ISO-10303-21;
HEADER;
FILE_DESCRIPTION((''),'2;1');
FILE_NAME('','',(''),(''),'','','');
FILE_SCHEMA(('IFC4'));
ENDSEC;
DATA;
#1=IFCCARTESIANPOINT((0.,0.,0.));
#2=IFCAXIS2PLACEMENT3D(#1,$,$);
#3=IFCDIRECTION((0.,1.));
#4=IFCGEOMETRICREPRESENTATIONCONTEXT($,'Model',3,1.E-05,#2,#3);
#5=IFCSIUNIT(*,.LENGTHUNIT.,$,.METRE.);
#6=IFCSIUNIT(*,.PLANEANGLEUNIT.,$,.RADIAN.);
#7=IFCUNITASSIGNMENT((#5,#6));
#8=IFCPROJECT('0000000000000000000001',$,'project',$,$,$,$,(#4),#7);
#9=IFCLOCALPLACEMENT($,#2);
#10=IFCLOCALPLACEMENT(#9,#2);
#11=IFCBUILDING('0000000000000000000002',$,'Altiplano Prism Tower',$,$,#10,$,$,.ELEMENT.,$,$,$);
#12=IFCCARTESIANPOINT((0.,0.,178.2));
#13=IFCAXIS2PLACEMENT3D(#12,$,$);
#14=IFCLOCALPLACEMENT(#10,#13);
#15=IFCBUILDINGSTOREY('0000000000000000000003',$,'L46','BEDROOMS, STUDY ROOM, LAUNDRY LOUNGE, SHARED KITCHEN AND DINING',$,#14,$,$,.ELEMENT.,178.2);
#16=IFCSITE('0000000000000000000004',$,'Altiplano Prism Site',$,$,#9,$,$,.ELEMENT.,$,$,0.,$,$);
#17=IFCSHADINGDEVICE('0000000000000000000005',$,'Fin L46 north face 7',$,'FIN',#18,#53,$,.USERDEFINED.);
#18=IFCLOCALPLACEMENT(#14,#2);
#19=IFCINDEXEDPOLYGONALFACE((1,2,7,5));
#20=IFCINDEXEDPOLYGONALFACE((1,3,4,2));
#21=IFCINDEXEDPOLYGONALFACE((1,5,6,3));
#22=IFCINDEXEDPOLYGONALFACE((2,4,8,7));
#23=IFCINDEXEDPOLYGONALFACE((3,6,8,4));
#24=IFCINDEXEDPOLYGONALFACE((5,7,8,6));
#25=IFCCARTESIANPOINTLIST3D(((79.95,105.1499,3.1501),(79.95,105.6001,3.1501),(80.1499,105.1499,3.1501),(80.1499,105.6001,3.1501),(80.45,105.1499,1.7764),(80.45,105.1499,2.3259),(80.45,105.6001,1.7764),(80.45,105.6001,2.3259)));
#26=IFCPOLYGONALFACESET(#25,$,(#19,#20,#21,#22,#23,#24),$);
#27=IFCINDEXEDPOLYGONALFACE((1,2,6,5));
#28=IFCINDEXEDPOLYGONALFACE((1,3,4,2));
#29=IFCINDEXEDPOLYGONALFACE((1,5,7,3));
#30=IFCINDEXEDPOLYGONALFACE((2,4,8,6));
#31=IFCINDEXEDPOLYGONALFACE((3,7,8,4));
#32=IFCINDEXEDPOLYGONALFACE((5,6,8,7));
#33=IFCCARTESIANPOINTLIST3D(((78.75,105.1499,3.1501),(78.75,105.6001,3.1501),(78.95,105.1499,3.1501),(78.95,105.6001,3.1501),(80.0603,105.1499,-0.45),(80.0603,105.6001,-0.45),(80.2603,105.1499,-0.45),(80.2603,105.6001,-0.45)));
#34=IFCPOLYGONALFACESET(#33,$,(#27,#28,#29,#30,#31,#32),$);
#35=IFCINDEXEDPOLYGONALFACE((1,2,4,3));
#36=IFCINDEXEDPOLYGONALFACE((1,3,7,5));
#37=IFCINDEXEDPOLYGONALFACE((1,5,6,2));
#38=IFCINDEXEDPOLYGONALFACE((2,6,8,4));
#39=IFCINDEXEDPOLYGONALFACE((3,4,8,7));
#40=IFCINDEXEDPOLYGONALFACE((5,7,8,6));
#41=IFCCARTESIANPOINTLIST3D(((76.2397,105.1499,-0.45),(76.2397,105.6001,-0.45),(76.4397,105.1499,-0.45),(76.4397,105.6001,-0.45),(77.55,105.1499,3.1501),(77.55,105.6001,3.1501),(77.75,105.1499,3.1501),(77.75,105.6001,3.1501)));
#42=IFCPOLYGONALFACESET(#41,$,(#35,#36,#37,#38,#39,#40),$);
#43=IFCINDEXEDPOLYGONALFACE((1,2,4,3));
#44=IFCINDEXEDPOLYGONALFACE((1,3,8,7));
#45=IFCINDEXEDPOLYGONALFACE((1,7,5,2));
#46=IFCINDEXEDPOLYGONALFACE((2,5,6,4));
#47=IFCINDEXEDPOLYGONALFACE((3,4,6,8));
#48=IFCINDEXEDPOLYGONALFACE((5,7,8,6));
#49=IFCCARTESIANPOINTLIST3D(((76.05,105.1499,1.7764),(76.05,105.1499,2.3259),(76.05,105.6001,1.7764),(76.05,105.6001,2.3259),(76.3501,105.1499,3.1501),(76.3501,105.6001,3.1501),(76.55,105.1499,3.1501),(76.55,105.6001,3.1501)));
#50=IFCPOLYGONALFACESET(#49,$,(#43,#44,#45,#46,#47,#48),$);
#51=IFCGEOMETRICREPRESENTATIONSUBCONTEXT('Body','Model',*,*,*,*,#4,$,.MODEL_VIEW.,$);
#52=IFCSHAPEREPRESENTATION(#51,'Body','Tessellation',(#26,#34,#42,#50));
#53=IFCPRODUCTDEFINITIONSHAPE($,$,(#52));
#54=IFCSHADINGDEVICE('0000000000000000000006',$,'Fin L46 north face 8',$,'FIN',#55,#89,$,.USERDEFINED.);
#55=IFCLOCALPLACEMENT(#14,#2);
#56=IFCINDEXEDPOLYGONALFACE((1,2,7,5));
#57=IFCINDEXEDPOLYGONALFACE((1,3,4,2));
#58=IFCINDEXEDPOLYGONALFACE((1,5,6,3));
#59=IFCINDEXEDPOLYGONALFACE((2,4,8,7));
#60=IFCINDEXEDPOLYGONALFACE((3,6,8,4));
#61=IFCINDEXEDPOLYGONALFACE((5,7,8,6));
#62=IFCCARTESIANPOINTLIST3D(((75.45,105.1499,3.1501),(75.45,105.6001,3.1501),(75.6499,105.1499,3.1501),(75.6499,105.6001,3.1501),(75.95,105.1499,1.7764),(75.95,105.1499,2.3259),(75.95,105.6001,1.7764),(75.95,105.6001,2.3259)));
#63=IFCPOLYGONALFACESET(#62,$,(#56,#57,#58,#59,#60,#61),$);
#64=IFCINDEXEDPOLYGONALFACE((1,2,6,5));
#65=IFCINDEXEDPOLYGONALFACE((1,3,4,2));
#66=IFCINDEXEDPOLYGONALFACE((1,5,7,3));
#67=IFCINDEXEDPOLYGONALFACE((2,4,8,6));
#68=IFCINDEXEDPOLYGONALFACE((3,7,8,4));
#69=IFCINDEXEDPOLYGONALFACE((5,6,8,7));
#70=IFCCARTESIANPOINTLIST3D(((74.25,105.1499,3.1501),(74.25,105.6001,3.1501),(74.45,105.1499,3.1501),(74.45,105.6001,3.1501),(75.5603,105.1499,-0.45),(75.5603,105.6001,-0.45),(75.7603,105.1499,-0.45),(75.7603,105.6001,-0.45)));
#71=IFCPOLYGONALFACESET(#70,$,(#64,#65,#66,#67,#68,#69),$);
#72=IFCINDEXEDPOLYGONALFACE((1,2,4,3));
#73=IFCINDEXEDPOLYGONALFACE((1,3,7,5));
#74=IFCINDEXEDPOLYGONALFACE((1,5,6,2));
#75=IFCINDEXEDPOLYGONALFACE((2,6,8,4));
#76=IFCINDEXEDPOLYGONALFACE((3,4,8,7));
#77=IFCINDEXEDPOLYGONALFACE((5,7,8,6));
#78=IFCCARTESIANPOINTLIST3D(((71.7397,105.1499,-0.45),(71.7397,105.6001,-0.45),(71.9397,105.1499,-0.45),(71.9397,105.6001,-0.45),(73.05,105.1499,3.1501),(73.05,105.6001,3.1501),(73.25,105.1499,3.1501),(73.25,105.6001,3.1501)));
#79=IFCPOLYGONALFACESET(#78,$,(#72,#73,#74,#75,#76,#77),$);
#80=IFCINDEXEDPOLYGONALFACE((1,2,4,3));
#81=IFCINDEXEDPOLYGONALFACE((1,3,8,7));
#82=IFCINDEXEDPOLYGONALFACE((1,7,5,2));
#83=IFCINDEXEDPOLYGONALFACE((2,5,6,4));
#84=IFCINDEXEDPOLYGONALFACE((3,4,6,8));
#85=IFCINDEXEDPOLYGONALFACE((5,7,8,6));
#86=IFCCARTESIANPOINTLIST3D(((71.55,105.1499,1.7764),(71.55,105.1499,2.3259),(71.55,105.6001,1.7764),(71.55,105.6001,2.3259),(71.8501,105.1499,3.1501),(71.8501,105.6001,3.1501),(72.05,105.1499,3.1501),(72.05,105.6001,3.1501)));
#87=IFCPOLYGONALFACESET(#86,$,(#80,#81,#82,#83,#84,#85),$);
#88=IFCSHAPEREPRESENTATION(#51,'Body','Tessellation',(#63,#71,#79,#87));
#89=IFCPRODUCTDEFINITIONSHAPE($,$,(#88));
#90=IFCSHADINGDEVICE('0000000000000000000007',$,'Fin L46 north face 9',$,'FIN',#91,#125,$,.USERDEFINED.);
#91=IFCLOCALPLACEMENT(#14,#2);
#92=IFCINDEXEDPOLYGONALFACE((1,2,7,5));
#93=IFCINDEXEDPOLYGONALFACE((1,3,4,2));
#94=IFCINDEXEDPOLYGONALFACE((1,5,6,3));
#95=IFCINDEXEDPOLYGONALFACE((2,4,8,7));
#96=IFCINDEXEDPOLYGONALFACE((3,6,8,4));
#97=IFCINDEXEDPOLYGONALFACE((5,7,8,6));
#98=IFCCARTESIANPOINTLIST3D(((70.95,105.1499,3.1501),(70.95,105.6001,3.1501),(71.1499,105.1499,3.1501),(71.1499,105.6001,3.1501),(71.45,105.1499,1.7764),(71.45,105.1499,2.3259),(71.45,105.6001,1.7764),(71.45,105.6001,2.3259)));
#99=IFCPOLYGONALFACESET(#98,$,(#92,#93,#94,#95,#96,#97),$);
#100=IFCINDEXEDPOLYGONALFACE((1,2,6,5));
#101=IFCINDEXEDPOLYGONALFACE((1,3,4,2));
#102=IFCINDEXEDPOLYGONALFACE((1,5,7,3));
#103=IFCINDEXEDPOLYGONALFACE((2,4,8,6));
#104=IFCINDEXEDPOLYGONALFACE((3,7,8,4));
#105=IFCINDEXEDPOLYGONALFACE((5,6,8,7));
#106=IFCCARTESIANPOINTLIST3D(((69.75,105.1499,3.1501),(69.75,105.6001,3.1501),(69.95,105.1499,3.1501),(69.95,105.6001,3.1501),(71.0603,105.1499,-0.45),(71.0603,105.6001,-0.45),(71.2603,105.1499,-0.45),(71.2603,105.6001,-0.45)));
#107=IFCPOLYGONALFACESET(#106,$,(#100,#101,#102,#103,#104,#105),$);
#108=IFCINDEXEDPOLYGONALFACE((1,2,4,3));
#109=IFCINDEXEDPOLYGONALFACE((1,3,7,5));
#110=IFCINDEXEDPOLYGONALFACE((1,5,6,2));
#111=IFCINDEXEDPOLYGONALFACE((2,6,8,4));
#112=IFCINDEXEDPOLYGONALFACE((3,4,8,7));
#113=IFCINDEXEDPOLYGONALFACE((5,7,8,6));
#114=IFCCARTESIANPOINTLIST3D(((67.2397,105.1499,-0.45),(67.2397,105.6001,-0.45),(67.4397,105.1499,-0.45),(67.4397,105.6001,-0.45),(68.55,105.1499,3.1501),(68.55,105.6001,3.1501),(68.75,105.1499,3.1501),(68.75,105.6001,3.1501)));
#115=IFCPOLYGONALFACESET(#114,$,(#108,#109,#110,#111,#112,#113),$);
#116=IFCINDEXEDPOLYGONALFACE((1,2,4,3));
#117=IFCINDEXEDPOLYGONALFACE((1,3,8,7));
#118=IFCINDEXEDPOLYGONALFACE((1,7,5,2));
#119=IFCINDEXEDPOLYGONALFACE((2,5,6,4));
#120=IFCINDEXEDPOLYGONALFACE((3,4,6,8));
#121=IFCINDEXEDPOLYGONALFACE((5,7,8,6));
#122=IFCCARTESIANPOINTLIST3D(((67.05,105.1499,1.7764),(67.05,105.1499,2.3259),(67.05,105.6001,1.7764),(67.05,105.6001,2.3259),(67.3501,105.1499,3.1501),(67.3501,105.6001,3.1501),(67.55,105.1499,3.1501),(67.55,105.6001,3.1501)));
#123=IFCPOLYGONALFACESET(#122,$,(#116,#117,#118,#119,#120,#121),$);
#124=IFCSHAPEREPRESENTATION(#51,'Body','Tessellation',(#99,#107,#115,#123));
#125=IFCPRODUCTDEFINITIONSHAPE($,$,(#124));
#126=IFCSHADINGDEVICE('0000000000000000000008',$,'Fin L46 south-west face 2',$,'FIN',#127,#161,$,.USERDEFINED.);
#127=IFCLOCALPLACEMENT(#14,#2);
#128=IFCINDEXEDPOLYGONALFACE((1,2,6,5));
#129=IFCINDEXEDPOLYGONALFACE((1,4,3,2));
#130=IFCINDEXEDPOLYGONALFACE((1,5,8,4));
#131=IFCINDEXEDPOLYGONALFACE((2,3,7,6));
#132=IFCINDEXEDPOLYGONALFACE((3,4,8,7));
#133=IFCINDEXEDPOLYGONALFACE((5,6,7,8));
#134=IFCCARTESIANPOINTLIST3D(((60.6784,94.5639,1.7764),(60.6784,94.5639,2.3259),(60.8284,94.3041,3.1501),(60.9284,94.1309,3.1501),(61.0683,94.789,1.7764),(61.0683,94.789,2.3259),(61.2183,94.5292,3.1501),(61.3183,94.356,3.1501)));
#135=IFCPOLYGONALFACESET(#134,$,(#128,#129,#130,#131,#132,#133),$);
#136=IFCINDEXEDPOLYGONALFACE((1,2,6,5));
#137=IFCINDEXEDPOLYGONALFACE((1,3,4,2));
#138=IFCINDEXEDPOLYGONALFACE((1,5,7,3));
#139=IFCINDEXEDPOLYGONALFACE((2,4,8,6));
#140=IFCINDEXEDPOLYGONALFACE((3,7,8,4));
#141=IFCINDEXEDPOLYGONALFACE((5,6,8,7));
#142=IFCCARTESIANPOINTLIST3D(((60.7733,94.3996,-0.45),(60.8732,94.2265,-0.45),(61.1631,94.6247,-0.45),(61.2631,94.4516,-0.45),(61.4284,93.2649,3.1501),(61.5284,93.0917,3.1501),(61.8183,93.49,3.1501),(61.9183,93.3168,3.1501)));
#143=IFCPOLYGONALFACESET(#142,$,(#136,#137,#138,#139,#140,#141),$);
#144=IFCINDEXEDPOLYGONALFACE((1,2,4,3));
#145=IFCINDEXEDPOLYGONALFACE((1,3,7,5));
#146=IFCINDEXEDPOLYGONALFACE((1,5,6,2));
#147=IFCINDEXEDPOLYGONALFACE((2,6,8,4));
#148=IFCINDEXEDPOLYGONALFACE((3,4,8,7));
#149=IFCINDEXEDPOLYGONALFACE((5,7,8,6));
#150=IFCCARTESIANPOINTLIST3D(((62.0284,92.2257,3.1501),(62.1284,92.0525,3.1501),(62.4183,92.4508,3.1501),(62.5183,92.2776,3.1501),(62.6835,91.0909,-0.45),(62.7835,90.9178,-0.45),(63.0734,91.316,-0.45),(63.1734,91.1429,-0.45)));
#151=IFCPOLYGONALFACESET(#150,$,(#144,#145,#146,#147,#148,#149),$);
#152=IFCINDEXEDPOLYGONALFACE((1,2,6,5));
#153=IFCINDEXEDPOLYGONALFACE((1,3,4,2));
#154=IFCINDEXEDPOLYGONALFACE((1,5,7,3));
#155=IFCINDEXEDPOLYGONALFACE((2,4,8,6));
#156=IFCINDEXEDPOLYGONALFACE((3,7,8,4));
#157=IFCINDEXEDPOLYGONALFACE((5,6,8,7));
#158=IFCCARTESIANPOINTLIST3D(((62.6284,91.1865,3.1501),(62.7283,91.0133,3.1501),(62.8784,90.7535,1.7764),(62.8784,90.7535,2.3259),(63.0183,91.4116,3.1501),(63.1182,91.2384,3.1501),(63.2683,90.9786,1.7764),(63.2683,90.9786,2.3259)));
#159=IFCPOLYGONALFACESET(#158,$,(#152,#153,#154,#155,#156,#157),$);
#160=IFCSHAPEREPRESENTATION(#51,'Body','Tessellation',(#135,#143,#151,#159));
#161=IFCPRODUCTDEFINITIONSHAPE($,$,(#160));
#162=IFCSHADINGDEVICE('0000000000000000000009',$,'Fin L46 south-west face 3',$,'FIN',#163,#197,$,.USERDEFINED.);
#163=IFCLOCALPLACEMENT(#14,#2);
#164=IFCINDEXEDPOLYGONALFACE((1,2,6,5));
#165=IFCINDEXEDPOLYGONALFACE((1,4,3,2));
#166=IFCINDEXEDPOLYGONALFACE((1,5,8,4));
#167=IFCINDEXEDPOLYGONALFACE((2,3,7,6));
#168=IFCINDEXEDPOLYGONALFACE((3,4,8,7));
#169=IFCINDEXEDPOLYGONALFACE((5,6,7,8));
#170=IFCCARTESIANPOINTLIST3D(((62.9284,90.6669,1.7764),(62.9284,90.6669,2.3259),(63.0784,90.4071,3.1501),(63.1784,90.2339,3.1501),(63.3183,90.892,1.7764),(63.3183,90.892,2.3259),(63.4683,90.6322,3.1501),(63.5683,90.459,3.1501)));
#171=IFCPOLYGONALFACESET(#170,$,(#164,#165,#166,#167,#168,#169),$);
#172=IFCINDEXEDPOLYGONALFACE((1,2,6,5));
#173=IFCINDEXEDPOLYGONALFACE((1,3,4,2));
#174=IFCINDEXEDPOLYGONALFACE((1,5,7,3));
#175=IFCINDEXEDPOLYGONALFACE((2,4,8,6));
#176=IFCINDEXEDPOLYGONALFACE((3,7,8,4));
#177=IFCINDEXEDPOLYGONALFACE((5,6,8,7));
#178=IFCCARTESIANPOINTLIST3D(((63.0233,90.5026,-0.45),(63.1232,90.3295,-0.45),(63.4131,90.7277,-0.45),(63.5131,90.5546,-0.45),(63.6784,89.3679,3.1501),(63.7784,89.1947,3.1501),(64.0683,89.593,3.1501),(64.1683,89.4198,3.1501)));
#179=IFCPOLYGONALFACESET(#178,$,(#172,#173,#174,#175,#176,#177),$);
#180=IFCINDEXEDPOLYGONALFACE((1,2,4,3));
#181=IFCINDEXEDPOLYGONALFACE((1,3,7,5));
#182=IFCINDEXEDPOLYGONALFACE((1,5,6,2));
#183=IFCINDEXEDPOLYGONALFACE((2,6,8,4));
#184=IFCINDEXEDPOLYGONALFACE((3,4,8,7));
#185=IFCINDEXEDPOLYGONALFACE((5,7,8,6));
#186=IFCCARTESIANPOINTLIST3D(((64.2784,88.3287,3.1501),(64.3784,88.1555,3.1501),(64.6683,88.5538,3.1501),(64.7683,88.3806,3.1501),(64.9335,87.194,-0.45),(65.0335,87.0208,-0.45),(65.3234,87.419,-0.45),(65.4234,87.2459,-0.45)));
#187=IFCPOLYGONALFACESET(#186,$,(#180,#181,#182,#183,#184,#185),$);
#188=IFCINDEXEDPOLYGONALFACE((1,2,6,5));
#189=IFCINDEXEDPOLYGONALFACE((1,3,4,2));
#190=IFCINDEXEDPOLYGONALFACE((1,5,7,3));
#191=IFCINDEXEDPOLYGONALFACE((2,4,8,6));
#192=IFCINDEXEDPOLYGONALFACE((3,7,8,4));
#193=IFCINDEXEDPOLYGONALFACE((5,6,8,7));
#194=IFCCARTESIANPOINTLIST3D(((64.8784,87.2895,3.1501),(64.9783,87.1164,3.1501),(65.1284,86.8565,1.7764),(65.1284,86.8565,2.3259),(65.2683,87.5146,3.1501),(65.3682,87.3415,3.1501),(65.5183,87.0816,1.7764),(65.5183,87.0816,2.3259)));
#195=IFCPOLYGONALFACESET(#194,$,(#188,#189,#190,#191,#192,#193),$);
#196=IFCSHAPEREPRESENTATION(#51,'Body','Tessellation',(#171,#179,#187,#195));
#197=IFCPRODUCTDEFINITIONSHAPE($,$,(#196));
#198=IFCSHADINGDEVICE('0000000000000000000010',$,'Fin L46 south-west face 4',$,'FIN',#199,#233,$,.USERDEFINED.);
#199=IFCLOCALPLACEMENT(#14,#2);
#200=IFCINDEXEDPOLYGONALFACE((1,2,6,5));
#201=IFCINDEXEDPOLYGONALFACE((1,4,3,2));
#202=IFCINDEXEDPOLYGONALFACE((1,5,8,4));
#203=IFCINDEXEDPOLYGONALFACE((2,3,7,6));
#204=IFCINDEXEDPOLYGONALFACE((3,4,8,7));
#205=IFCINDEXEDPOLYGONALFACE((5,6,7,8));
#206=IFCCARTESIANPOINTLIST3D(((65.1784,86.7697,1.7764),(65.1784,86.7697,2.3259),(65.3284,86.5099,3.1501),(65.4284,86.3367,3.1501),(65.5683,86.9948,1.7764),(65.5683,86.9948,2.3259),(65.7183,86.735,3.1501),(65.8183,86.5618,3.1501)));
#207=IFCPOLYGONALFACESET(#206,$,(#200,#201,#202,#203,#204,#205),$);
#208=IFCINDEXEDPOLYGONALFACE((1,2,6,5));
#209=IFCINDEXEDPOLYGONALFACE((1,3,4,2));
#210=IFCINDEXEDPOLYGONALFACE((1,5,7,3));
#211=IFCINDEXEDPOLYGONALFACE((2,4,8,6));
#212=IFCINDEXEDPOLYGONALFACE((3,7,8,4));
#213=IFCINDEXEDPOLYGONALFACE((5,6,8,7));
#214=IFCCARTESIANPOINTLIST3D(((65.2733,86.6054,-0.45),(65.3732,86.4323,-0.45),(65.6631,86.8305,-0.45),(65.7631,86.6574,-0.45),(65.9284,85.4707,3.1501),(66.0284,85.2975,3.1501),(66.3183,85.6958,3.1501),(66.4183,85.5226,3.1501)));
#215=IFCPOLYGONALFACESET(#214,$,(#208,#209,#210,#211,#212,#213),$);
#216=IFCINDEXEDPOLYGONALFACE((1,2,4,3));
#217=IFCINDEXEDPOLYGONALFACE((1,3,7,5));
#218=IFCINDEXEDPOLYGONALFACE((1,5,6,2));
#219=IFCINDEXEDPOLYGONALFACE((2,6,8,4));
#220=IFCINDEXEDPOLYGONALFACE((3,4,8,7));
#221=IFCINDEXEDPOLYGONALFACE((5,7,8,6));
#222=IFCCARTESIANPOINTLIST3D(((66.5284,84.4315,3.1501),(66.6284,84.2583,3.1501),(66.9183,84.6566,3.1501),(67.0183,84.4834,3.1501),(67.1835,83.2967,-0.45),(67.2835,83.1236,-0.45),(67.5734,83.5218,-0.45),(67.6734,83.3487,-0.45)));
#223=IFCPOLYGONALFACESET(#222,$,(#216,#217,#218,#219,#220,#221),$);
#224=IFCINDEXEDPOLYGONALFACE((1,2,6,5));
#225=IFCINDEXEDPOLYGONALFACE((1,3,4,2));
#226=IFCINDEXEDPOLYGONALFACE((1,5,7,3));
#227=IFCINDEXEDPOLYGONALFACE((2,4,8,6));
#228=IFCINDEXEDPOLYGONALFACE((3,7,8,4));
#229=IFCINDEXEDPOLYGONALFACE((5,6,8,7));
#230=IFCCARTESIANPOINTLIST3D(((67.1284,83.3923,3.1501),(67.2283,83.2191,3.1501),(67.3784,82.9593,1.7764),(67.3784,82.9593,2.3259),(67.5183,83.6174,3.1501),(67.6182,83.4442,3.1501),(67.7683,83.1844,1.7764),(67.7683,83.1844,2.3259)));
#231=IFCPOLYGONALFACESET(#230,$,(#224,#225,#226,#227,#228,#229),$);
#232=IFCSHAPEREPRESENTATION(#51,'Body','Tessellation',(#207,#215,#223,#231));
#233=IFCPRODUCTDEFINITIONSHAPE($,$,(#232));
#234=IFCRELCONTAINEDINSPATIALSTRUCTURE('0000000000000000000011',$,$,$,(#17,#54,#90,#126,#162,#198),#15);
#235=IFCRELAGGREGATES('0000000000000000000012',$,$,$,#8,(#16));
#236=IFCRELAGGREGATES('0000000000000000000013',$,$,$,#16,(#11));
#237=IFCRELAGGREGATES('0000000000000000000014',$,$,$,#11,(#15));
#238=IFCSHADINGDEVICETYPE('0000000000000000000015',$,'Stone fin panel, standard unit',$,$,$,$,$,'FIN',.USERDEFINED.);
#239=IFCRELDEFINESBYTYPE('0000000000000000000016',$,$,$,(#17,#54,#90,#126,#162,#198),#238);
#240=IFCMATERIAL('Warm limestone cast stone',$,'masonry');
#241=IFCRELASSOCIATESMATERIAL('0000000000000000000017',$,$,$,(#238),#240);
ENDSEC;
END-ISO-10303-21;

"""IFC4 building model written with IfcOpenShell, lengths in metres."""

from ifc_helpers import new_model, si_unit, direction, frame, origin, place, context, subcontext, project, spatial, polyline, outline, extrude, source, transform, mapped, material, type_object, element, save


model = new_model("IFC4")

# Units and contexts
model_context = context("Model", 3, precision=1e-05, world=origin(), true_north=direction((0.0, 1.0)))
body_context = subcontext(model_context, "Body", "Model", "MODEL_VIEW")
ifc_project = project(units=[si_unit("LENGTHUNIT", "METRE"), si_unit("PLANEANGLEUNIT", "RADIAN")], contexts=[model_context])

# Site, building, storey
site_placement = place(None, origin())
site = spatial("IfcSite", under=ifc_project, at=site_placement, Name="Altiplano Prism Site", CompositionType="ELEMENT", RefElevation=0.0)
building_placement = place(site_placement, origin())
building = spatial("IfcBuilding", under=site, at=building_placement, Name="Altiplano Prism Tower", CompositionType="ELEMENT")
storey_placement = place(building_placement, frame((0.0, 0.0, 178.2)))
storey = spatial("IfcBuildingStorey", under=building, at=storey_placement, Name="L46", Description="BEDROOMS, STUDY ROOM, LAUNDRY LOUNGE, SHARED KITCHEN AND DINING", CompositionType="ELEMENT", Elevation=178.2)

# Shading devices
ifc_material_1 = material(Name="Warm limestone cast stone", Category="masonry")
shading_device_type_1 = type_object("IfcShadingDeviceType", Name="Stone fin panel, standard unit", ElementType="FIN", PredefinedType="USERDEFINED", material=ifc_material_1)
shared_shape_1 = source(origin(), body_context, "Body", "SweptSolid", [
    extrude(outline(polyline([(-2.2, 2.2263), (-1.7, 3.6001), (-1.8999, 3.6001), (-2.2, 2.7759), (-2.2, 2.2263)])), frame((0.0, -0.1499, 0.0), z_axis=(0.0, -1.0, 0.0), x_axis=(1.0, 0.0, 0.0)), (0.0, 0.0, 1.0), 0.4502),
    extrude(outline(polyline([(-2.0103, 0.0), (-1.8103, 0.0), (-0.5, 3.6001), (-0.7, 3.6001), (-2.0103, 0.0)])), frame((0.0, -0.1499, 0.0), z_axis=(0.0, -1.0, 0.0), x_axis=(1.0, 0.0, 0.0)), (0.0, 0.0, 1.0), 0.4502),
    extrude(outline(polyline([(1.8103, 0.0), (2.0103, 0.0), (0.7, 3.6001), (0.5, 3.6001), (1.8103, 0.0)])), frame((0.0, -0.1499, 0.0), z_axis=(0.0, -1.0, 0.0), x_axis=(1.0, 0.0, 0.0)), (0.0, 0.0, 1.0), 0.4502),
    extrude(outline(polyline([(2.2, 2.7759), (1.8999, 3.6001), (1.7, 3.6001), (2.2, 2.2263), (2.2, 2.7759)])), frame((0.0, -0.1499, 0.0), z_axis=(0.0, -1.0, 0.0), x_axis=(1.0, 0.0, 0.0)), (0.0, 0.0, 1.0), 0.4502),
])
shading_device_1_placement = place(storey_placement, origin())
element("IfcShadingDevice", 1, at=shading_device_1_placement, inside=storey, type_object=shading_device_type_1, Name="Fin L46 north face 7", ObjectType="FIN", PredefinedType="USERDEFINED", context=body_context, shape_type="MappedRepresentation", body=[
    mapped(shared_shape_1, transform((78.25, 105.0, -0.45), x_axis=(-1.0, 0.0, 0.0), y_axis=(0.0, -1.0, 0.0), z_axis=(0.0, 0.0, 1.0))),
])
shading_device_2_placement = place(storey_placement, origin())
element("IfcShadingDevice", 2, at=shading_device_2_placement, inside=storey, type_object=shading_device_type_1, Name="Fin L46 north face 8", ObjectType="FIN", PredefinedType="USERDEFINED", context=body_context, shape_type="MappedRepresentation", body=[
    mapped(shared_shape_1, transform((73.75, 105.0, -0.45), x_axis=(-1.0, 0.0, 0.0), y_axis=(0.0, -1.0, 0.0), z_axis=(0.0, 0.0, 1.0))),
])
shading_device_3_placement = place(storey_placement, origin())
element("IfcShadingDevice", 3, at=shading_device_3_placement, inside=storey, type_object=shading_device_type_1, Name="Fin L46 north face 9", ObjectType="FIN", PredefinedType="USERDEFINED", context=body_context, shape_type="MappedRepresentation", body=[
    mapped(shared_shape_1, transform((69.25, 105.0, -0.45), x_axis=(-1.0, 0.0, 0.0), y_axis=(0.0, -1.0, 0.0), z_axis=(0.0, 0.0, 1.0))),
])
shading_device_4_placement = place(storey_placement, origin())
element("IfcShadingDevice", 4, at=shading_device_4_placement, inside=storey, type_object=shading_device_type_1, Name="Fin L46 south-west face 2", ObjectType="FIN", PredefinedType="USERDEFINED", context=body_context, shape_type="MappedRepresentation", body=[
    mapped(shared_shape_1, transform((62.2981, 92.9587, -0.45), x_axis=(0.5, -0.866025, 0.0), y_axis=(0.866025, 0.5, 0.0), z_axis=(0.0, 0.0, 1.0))),
])
shading_device_5_placement = place(storey_placement, origin())
element("IfcShadingDevice", 5, at=shading_device_5_placement, inside=storey, type_object=shading_device_type_1, Name="Fin L46 south-west face 3", ObjectType="FIN", PredefinedType="USERDEFINED", context=body_context, shape_type="MappedRepresentation", body=[
    mapped(shared_shape_1, transform((64.5481, 89.0618, -0.45), x_axis=(0.5, -0.866025, 0.0), y_axis=(0.866025, 0.5, 0.0), z_axis=(0.0, 0.0, 1.0))),
])
shading_device_6_placement = place(storey_placement, origin())
element("IfcShadingDevice", 6, at=shading_device_6_placement, inside=storey, type_object=shading_device_type_1, Name="Fin L46 south-west face 4", ObjectType="FIN", PredefinedType="USERDEFINED", context=body_context, shape_type="MappedRepresentation", body=[
    mapped(shared_shape_1, transform((66.7981, 85.1646, -0.45), x_axis=(0.5, -0.866025, 0.0), y_axis=(0.866025, 0.5, 0.0), z_axis=(0.0, 0.0, 1.0))),
])

save(model, "model.ifc")
